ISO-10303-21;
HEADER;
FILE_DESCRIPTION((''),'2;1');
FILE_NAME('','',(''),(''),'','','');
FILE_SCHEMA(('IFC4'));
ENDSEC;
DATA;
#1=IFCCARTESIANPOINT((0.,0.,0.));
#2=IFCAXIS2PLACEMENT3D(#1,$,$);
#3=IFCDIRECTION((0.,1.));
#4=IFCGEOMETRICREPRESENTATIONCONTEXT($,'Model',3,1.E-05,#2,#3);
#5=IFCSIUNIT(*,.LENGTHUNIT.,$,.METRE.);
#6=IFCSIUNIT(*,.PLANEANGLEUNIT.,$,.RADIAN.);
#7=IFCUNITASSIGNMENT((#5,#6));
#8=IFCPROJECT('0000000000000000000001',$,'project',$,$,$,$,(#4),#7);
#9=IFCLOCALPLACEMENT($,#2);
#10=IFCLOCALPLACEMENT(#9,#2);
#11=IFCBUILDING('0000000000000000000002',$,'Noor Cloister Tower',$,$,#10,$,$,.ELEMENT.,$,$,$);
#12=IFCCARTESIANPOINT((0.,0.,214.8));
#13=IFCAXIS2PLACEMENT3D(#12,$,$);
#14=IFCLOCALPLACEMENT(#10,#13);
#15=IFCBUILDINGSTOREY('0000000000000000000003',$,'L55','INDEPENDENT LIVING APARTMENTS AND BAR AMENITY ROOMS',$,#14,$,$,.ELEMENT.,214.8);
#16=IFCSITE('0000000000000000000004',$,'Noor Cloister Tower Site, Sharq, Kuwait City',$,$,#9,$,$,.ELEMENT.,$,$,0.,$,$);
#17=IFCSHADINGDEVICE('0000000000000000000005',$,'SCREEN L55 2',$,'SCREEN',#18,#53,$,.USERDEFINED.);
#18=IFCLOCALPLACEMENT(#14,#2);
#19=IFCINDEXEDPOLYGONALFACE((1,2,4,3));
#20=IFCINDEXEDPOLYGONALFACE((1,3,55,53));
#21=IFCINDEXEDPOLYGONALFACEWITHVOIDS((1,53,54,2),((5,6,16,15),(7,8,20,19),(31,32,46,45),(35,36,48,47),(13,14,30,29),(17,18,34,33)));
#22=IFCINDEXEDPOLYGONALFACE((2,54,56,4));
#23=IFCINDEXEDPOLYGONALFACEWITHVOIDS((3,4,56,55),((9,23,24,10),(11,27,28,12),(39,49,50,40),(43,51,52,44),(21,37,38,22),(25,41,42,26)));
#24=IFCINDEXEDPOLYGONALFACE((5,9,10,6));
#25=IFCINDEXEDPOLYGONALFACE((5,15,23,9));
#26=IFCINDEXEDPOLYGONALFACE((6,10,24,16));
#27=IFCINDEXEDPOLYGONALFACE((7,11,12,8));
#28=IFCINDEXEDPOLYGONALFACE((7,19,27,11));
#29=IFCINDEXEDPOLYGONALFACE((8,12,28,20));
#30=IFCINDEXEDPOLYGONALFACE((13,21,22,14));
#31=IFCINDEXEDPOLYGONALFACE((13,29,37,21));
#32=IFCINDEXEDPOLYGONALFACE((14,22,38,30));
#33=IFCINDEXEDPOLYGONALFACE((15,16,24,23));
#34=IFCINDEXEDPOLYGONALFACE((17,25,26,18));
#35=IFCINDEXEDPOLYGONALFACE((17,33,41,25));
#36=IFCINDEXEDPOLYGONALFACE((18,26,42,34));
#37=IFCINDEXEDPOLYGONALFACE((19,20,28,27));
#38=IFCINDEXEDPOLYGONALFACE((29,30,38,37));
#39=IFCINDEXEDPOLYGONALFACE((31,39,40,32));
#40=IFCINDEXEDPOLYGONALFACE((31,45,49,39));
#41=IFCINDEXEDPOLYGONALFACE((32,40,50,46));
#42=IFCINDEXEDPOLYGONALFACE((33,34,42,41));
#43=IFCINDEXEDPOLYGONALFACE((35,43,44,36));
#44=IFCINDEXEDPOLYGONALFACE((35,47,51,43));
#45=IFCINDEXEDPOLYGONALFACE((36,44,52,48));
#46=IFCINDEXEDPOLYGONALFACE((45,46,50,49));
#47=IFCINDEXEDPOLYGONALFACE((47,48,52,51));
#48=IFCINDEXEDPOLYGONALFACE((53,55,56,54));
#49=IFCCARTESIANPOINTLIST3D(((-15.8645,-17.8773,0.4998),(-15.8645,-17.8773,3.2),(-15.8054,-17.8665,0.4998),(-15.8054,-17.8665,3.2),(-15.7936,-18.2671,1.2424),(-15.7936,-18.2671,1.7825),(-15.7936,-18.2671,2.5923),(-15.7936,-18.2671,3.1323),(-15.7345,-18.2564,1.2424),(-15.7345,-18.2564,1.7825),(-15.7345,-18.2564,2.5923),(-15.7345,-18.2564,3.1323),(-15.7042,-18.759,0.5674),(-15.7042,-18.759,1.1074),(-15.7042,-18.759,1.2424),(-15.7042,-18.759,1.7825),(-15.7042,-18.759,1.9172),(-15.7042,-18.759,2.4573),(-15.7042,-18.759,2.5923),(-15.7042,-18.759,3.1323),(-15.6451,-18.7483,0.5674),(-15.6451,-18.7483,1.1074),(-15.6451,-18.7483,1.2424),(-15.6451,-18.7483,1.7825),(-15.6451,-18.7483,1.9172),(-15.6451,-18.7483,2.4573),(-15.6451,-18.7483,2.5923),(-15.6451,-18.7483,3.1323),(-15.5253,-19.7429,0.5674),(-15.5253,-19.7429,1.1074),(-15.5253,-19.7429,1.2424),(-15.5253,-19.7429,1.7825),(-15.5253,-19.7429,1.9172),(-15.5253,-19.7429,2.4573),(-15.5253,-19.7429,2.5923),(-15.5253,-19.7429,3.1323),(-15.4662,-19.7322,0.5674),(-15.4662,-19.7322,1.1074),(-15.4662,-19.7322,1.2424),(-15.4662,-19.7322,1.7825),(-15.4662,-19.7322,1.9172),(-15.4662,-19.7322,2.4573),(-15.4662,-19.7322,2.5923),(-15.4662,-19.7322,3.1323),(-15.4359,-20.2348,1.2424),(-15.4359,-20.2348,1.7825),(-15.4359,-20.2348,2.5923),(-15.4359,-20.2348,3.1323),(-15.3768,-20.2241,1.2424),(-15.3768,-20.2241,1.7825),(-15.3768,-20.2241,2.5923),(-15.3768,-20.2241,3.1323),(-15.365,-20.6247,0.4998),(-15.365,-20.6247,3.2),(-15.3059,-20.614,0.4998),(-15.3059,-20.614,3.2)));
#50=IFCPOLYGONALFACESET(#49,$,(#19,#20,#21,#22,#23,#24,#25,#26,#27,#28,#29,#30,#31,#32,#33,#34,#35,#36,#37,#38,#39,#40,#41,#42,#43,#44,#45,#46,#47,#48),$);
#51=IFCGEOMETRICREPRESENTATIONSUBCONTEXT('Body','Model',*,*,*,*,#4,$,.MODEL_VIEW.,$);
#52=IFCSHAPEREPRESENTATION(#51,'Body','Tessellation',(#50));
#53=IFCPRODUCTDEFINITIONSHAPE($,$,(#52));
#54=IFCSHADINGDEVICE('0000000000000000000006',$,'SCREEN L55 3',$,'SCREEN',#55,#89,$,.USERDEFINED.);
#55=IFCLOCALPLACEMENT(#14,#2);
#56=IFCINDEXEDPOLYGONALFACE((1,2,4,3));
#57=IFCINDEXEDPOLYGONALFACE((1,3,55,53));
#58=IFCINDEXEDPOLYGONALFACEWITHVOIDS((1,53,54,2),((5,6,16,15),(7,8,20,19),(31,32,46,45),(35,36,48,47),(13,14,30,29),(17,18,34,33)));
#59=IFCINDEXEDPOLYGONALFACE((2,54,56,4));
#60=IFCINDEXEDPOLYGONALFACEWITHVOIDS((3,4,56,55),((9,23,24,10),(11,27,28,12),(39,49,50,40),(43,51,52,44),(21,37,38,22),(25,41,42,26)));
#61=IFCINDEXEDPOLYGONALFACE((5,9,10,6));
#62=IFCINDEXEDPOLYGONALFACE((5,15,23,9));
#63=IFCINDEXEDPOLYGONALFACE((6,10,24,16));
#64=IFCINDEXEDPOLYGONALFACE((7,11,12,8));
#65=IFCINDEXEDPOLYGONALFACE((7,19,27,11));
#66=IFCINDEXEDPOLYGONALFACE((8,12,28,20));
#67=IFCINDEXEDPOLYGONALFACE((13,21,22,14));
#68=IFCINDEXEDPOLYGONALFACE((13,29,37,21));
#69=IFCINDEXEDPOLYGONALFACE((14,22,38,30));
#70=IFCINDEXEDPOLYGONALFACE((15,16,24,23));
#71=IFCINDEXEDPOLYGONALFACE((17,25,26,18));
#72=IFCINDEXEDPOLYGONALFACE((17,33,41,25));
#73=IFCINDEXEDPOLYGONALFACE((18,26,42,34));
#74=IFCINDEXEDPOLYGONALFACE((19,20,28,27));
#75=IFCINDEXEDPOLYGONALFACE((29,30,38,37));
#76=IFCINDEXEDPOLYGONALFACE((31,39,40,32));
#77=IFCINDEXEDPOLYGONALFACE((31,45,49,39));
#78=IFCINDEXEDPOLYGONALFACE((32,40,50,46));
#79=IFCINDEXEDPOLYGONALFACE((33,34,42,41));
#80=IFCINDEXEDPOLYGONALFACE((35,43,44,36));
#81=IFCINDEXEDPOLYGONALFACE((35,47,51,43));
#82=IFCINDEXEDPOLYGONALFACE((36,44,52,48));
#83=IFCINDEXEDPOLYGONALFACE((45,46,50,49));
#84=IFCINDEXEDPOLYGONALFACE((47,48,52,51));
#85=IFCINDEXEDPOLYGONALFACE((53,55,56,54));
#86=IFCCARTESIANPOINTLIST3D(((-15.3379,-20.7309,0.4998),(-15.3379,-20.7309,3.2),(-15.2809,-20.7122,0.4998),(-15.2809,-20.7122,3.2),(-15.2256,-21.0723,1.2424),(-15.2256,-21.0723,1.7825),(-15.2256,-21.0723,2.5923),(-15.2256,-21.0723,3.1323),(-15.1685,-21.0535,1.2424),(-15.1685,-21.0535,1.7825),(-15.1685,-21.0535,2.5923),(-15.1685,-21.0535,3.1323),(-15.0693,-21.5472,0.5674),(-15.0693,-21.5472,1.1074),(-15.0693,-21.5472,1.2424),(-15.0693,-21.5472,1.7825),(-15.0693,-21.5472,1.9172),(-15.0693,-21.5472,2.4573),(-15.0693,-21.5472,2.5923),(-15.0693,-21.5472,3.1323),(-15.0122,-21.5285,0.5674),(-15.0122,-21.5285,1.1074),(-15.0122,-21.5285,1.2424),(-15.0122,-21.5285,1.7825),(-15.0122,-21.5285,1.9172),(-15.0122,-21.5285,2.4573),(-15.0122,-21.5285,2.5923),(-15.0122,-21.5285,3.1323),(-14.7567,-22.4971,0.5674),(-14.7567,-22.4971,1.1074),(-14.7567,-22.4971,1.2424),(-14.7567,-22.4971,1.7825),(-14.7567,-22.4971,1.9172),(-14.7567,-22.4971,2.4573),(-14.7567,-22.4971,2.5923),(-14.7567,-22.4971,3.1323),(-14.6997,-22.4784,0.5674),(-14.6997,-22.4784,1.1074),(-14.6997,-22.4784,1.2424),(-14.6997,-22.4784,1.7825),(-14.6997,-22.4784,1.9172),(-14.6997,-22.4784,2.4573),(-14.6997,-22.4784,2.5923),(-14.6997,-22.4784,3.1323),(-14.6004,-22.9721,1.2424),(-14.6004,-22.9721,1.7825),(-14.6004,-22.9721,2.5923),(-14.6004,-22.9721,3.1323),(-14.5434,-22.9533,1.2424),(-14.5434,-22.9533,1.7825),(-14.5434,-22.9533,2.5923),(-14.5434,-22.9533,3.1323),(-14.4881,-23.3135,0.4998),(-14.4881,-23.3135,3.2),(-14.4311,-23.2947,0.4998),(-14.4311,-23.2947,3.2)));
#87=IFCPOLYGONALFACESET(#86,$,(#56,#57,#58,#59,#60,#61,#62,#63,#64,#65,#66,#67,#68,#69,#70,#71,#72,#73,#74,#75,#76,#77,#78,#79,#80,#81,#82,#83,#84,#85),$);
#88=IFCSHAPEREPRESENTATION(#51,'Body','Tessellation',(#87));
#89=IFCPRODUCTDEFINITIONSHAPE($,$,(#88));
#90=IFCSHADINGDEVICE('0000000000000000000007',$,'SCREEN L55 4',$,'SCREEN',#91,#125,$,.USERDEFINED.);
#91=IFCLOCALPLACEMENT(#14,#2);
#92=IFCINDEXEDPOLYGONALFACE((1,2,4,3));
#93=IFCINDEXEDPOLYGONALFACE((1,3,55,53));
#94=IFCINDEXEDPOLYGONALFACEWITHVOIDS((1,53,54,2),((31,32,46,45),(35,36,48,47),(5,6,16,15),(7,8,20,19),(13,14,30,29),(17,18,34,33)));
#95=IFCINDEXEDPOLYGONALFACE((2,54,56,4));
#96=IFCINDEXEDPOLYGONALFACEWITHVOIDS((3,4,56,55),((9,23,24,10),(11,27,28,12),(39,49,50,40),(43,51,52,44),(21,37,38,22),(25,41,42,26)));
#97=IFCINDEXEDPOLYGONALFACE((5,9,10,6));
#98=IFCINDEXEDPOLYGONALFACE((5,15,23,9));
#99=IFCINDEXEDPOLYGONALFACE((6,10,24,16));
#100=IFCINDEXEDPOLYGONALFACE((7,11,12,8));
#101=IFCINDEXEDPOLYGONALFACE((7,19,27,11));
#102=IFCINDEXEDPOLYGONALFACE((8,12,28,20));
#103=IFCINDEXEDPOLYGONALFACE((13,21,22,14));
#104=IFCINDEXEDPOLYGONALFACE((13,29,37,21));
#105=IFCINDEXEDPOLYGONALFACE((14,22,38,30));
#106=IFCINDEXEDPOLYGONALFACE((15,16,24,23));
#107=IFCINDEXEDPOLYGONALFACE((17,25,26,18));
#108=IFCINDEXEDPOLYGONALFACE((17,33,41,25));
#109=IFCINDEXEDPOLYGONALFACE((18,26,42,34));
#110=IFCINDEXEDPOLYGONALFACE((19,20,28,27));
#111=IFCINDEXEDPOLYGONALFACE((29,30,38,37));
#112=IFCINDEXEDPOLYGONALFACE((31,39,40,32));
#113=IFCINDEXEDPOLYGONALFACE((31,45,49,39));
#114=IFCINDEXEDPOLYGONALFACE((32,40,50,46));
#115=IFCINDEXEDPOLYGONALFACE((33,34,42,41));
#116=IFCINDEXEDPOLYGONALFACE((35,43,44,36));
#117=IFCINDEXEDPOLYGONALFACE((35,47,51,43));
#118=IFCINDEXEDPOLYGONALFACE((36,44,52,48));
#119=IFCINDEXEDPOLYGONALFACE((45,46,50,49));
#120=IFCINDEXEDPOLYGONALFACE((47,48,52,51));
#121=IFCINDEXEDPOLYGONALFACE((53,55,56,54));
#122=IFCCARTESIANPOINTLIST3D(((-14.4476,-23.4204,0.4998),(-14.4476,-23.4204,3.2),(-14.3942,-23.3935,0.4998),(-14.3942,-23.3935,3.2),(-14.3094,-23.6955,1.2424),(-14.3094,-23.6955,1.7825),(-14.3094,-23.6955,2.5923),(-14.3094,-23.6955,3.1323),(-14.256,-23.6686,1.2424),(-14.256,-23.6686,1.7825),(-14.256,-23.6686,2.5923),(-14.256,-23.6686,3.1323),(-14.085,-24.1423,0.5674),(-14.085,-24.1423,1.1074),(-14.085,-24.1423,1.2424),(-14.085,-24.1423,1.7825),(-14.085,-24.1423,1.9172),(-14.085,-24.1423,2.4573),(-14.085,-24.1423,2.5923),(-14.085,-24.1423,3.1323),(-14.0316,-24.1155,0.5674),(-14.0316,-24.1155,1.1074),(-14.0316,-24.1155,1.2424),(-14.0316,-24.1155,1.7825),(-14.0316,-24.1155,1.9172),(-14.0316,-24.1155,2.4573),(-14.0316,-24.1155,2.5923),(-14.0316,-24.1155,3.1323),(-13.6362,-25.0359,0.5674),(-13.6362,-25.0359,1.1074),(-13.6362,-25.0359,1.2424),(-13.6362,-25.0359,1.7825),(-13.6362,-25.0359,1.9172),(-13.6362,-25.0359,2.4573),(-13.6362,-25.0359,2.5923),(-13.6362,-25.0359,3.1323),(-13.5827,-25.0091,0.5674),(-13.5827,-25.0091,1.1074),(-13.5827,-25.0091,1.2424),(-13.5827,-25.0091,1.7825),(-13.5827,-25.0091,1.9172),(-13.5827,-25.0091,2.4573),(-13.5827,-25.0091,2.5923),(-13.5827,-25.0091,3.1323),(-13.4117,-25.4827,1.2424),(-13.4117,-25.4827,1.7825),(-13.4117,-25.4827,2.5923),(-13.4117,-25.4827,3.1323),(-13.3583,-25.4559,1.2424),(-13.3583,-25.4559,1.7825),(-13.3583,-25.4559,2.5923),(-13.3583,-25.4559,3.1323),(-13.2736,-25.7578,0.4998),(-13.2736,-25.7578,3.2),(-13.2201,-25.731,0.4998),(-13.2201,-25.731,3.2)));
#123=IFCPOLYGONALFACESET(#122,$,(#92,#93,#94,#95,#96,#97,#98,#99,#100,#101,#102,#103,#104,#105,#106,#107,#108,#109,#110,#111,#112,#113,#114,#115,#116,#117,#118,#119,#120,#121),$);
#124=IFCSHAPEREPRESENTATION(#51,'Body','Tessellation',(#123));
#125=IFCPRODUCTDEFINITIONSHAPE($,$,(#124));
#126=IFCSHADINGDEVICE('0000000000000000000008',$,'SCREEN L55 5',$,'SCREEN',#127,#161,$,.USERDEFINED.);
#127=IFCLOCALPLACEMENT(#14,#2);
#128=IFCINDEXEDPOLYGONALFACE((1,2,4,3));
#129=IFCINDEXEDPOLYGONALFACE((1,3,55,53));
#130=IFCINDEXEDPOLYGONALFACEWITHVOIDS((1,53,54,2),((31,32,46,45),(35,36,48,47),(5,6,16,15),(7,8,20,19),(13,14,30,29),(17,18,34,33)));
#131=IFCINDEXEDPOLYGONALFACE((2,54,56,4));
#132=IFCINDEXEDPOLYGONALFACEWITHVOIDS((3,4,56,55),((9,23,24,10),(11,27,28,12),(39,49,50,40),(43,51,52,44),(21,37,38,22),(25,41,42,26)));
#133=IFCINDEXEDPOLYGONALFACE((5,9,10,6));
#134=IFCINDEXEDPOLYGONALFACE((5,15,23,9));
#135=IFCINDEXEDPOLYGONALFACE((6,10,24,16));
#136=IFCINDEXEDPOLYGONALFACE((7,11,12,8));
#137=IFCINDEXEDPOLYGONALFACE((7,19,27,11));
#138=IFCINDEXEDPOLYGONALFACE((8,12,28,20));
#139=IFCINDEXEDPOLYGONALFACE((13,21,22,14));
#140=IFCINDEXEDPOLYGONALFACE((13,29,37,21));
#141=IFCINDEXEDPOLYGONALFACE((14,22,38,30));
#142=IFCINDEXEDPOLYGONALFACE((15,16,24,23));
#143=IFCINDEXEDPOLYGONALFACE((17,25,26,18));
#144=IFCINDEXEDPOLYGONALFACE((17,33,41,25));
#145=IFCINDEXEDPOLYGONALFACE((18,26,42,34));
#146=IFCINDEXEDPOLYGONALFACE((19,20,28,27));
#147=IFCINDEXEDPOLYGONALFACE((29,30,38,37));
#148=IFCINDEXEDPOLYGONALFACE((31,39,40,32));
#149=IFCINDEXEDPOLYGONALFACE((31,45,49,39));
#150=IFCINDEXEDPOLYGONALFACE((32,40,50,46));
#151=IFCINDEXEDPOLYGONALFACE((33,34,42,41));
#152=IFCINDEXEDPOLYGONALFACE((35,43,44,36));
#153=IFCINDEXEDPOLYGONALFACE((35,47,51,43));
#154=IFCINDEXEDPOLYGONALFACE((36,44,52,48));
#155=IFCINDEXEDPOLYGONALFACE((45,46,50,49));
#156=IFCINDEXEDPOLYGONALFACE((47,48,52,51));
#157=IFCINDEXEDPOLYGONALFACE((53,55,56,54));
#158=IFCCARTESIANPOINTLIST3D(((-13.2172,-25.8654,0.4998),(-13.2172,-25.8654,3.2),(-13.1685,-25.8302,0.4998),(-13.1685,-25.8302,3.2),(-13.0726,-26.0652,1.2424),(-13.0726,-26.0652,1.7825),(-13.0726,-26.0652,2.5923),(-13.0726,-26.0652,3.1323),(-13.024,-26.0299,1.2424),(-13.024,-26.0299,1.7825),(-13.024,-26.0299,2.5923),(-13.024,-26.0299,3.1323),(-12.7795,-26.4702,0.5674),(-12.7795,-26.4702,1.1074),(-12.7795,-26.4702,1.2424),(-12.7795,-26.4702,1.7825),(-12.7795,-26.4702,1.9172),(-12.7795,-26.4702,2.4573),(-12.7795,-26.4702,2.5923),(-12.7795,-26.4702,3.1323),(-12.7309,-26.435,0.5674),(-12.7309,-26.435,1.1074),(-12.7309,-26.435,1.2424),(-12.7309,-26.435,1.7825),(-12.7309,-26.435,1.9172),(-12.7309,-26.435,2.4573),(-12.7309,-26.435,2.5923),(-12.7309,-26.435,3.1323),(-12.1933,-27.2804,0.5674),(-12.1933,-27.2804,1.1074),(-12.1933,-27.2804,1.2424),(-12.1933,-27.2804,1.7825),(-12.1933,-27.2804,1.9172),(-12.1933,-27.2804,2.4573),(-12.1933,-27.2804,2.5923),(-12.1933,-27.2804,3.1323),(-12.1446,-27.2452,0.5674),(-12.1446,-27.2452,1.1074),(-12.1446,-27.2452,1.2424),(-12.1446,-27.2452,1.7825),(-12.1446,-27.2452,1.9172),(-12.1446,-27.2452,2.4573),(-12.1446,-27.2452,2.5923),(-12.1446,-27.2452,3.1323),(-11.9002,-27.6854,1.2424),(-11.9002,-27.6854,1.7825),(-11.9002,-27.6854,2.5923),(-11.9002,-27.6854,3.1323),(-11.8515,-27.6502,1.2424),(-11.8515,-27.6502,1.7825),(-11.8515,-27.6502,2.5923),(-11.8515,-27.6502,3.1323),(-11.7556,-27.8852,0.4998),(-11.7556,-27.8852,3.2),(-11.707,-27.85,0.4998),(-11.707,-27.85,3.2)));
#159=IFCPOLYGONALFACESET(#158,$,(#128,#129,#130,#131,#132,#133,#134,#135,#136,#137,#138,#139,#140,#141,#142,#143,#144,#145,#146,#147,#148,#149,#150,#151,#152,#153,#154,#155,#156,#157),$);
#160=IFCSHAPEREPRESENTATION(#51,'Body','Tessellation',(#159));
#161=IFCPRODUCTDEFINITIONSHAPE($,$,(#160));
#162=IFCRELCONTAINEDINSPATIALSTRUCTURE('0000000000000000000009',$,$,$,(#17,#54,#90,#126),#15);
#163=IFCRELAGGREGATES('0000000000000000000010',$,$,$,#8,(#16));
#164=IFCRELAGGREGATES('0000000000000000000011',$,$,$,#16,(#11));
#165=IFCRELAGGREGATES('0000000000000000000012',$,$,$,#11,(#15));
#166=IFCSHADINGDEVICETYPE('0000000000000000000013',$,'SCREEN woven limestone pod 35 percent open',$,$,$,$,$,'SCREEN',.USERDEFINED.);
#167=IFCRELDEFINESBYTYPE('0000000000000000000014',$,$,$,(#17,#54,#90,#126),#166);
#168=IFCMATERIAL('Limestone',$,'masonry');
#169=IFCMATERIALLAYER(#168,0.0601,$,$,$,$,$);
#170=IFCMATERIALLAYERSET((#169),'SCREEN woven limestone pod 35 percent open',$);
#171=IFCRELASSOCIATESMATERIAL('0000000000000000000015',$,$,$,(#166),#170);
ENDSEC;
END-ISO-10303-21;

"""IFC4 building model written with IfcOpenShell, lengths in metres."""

from ifc_helpers import new_model, si_unit, direction, frame, origin, place, context, subcontext, project, spatial, polyline, outline, extrude, material, layer, layer_set, type_object, element, save


model = new_model("IFC4")

# Units and contexts
model_context = context("Model", 3, precision=1e-05, world=origin(), true_north=direction((0.0, 1.0)))
body_context = subcontext(model_context, "Body", "Model", "MODEL_VIEW")
ifc_project = project(units=[si_unit("LENGTHUNIT", "METRE"), si_unit("PLANEANGLEUNIT", "RADIAN")], contexts=[model_context])

# Site, building, storey
site_placement = place(None, origin())
site = spatial("IfcSite", under=ifc_project, at=site_placement, Name="Noor Cloister Tower Site, Sharq, Kuwait City", CompositionType="ELEMENT", RefElevation=0.0)
building_placement = place(site_placement, origin())
building = spatial("IfcBuilding", under=site, at=building_placement, Name="Noor Cloister Tower", CompositionType="ELEMENT")
storey_placement = place(building_placement, frame((0.0, 0.0, 214.8)))
storey = spatial("IfcBuildingStorey", under=building, at=storey_placement, Name="L55", Description="INDEPENDENT LIVING APARTMENTS AND BAR AMENITY ROOMS", CompositionType="ELEMENT", Elevation=214.8)

# Shading devices
ifc_material_1 = material(Name="Limestone", Category="masonry")
ifc_layer_1 = layer(ifc_material_1, 0.0601)
ifc_layer_set_1 = layer_set([ifc_layer_1], Name="SCREEN woven limestone pod 35 percent open")
shading_device_type = type_object("IfcShadingDeviceType", Name="SCREEN woven limestone pod 35 percent open", ElementType="SCREEN", PredefinedType="USERDEFINED", material=ifc_layer_set_1)
shading_device_1_placement = place(storey_placement, frame((-15.5557, -19.2402, 1.8499), z_axis=(-0.98387, -0.178885, 0.0), x_axis=(0.178885, -0.98387, 0.0)))
element("IfcShadingDevice", 1, at=shading_device_1_placement, inside=storey, type_object=shading_device_type, Name="SCREEN L55 2", ObjectType="SCREEN", PredefinedType="USERDEFINED", context=body_context, shape_type="SweptSolid", body=[
    extrude(outline(polyline([(-1.3962, -1.3501), (1.3962, -1.3501), (1.3962, 1.3501), (-1.3962, 1.3501), (-1.3962, -1.3501)]), holes=[polyline([(-0.5, -1.2825), (0.5, -1.2825), (0.5, -0.7424), (-0.5, -0.7424), (-0.5, -1.2825)]), polyline([(-1.0, -0.6074), (-0.5, -0.6074), (-0.5, -0.0674), (-1.0, -0.0674), (-1.0, -0.6074)]), polyline([(0.5, -0.6074), (1.0, -0.6074), (1.0, -0.0674), (0.5, -0.0674), (0.5, -0.6074)]), polyline([(-0.5, 0.0674), (0.5, 0.0674), (0.5, 0.6074), (-0.5, 0.6074), (-0.5, 0.0674)]), polyline([(-1.0, 0.7424), (-0.5, 0.7424), (-0.5, 1.2825), (-1.0, 1.2825), (-1.0, 0.7424)]), polyline([(0.5, 0.7424), (1.0, 0.7424), (1.0, 1.2825), (0.5, 1.2825), (0.5, 0.7424)])]), origin(), (0.0, 0.0, 1.0), 0.0601),
])
shading_device_2_placement = place(storey_placement, frame((-14.856, -22.0034, 1.8499), z_axis=(-0.949894, -0.312572, 0.0), x_axis=(0.312572, -0.949894, 0.0)))
element("IfcShadingDevice", 2, at=shading_device_2_placement, inside=storey, type_object=shading_device_type, Name="SCREEN L55 3", ObjectType="SCREEN", PredefinedType="USERDEFINED", context=body_context, shape_type="SweptSolid", body=[
    extrude(outline(polyline([(-1.3594, -1.3501), (1.3594, -1.3501), (1.3594, 1.3501), (-1.3594, 1.3501), (-1.3594, -1.3501)]), holes=[polyline([(-0.5, -1.2825), (0.5, -1.2825), (0.5, -0.7424), (-0.5, -0.7424), (-0.5, -1.2825)]), polyline([(-1.0, -0.6074), (-0.5, -0.6074), (-0.5, -0.0674), (-1.0, -0.0674), (-1.0, -0.6074)]), polyline([(0.5, -0.6074), (1.0, -0.6074), (1.0, -0.0674), (0.5, -0.0674), (0.5, -0.6074)]), polyline([(-0.5, 0.0674), (0.5, 0.0674), (0.5, 0.6074), (-0.5, 0.6074), (-0.5, 0.0674)]), polyline([(-1.0, 0.7424), (-0.5, 0.7424), (-0.5, 1.2825), (-1.0, 1.2825), (-1.0, 0.7424)]), polyline([(0.5, 0.7424), (1.0, 0.7424), (1.0, 1.2825), (0.5, 1.2825), (0.5, 0.7424)])]), origin(), (0.0, 0.0, 1.0), 0.0601),
])
shading_device_3_placement = place(storey_placement, frame((-13.8071, -24.5623, 1.8499), z_axis=(-0.89361, -0.448845, 0.0), x_axis=(0.448845, -0.89361, 0.0)))
element("IfcShadingDevice", 3, at=shading_device_3_placement, inside=storey, type_object=shading_device_type, Name="SCREEN L55 4", ObjectType="SCREEN", PredefinedType="USERDEFINED", context=body_context, shape_type="SweptSolid", body=[
    extrude(outline(polyline([(-1.3079, -1.3501), (1.3079, -1.3501), (1.3079, 1.3501), (-1.3079, 1.3501), (-1.3079, -1.3501)]), holes=[polyline([(-0.5, -1.2825), (0.5, -1.2825), (0.5, -0.7424), (-0.5, -0.7424), (-0.5, -1.2825)]), polyline([(-1.0, -0.6074), (-0.5, -0.6074), (-0.5, -0.0674), (-1.0, -0.0674), (-1.0, -0.6074)]), polyline([(0.5, -0.6074), (1.0, -0.6074), (1.0, -0.0674), (0.5, -0.0674), (0.5, -0.6074)]), polyline([(-0.5, 0.0674), (0.5, 0.0674), (0.5, 0.6074), (-0.5, 0.6074), (-0.5, 0.0674)]), polyline([(-1.0, 0.7424), (-0.5, 0.7424), (-0.5, 1.2825), (-1.0, 1.2825), (-1.0, 0.7424)]), polyline([(0.5, 0.7424), (1.0, 0.7424), (1.0, 1.2825), (0.5, 1.2825), (0.5, 0.7424)])]), origin(), (0.0, 0.0, 1.0), 0.0598),
])
shading_device_4_placement = place(storey_placement, frame((-12.4377, -26.8401, 1.8499), z_axis=(-0.810142, -0.586234, 0.0), x_axis=(0.586234, -0.810142, 0.0)))
element("IfcShadingDevice", 4, at=shading_device_4_placement, inside=storey, type_object=shading_device_type, Name="SCREEN L55 5", ObjectType="SCREEN", PredefinedType="USERDEFINED", context=body_context, shape_type="SweptSolid", body=[
    extrude(outline(polyline([(-1.2466, -1.3501), (1.2466, -1.3501), (1.2466, 1.3501), (-1.2466, 1.3501), (-1.2466, -1.3501)]), holes=[polyline([(-0.5, -1.2825), (0.5, -1.2825), (0.5, -0.7424), (-0.5, -0.7424), (-0.5, -1.2825)]), polyline([(-1.0, -0.6074), (-0.5, -0.6074), (-0.5, -0.0674), (-1.0, -0.0674), (-1.0, -0.6074)]), polyline([(0.5, -0.6074), (1.0, -0.6074), (1.0, -0.0674), (0.5, -0.0674), (0.5, -0.6074)]), polyline([(-0.5, 0.0674), (0.5, 0.0674), (0.5, 0.6074), (-0.5, 0.6074), (-0.5, 0.0674)]), polyline([(-1.0, 0.7424), (-0.5, 0.7424), (-0.5, 1.2825), (-1.0, 1.2825), (-1.0, 0.7424)]), polyline([(0.5, 0.7424), (1.0, 0.7424), (1.0, 1.2825), (0.5, 1.2825), (0.5, 0.7424)])]), origin(), (0.0, 0.0, 1.0), 0.0601),
])

save(model, "model.ifc")
